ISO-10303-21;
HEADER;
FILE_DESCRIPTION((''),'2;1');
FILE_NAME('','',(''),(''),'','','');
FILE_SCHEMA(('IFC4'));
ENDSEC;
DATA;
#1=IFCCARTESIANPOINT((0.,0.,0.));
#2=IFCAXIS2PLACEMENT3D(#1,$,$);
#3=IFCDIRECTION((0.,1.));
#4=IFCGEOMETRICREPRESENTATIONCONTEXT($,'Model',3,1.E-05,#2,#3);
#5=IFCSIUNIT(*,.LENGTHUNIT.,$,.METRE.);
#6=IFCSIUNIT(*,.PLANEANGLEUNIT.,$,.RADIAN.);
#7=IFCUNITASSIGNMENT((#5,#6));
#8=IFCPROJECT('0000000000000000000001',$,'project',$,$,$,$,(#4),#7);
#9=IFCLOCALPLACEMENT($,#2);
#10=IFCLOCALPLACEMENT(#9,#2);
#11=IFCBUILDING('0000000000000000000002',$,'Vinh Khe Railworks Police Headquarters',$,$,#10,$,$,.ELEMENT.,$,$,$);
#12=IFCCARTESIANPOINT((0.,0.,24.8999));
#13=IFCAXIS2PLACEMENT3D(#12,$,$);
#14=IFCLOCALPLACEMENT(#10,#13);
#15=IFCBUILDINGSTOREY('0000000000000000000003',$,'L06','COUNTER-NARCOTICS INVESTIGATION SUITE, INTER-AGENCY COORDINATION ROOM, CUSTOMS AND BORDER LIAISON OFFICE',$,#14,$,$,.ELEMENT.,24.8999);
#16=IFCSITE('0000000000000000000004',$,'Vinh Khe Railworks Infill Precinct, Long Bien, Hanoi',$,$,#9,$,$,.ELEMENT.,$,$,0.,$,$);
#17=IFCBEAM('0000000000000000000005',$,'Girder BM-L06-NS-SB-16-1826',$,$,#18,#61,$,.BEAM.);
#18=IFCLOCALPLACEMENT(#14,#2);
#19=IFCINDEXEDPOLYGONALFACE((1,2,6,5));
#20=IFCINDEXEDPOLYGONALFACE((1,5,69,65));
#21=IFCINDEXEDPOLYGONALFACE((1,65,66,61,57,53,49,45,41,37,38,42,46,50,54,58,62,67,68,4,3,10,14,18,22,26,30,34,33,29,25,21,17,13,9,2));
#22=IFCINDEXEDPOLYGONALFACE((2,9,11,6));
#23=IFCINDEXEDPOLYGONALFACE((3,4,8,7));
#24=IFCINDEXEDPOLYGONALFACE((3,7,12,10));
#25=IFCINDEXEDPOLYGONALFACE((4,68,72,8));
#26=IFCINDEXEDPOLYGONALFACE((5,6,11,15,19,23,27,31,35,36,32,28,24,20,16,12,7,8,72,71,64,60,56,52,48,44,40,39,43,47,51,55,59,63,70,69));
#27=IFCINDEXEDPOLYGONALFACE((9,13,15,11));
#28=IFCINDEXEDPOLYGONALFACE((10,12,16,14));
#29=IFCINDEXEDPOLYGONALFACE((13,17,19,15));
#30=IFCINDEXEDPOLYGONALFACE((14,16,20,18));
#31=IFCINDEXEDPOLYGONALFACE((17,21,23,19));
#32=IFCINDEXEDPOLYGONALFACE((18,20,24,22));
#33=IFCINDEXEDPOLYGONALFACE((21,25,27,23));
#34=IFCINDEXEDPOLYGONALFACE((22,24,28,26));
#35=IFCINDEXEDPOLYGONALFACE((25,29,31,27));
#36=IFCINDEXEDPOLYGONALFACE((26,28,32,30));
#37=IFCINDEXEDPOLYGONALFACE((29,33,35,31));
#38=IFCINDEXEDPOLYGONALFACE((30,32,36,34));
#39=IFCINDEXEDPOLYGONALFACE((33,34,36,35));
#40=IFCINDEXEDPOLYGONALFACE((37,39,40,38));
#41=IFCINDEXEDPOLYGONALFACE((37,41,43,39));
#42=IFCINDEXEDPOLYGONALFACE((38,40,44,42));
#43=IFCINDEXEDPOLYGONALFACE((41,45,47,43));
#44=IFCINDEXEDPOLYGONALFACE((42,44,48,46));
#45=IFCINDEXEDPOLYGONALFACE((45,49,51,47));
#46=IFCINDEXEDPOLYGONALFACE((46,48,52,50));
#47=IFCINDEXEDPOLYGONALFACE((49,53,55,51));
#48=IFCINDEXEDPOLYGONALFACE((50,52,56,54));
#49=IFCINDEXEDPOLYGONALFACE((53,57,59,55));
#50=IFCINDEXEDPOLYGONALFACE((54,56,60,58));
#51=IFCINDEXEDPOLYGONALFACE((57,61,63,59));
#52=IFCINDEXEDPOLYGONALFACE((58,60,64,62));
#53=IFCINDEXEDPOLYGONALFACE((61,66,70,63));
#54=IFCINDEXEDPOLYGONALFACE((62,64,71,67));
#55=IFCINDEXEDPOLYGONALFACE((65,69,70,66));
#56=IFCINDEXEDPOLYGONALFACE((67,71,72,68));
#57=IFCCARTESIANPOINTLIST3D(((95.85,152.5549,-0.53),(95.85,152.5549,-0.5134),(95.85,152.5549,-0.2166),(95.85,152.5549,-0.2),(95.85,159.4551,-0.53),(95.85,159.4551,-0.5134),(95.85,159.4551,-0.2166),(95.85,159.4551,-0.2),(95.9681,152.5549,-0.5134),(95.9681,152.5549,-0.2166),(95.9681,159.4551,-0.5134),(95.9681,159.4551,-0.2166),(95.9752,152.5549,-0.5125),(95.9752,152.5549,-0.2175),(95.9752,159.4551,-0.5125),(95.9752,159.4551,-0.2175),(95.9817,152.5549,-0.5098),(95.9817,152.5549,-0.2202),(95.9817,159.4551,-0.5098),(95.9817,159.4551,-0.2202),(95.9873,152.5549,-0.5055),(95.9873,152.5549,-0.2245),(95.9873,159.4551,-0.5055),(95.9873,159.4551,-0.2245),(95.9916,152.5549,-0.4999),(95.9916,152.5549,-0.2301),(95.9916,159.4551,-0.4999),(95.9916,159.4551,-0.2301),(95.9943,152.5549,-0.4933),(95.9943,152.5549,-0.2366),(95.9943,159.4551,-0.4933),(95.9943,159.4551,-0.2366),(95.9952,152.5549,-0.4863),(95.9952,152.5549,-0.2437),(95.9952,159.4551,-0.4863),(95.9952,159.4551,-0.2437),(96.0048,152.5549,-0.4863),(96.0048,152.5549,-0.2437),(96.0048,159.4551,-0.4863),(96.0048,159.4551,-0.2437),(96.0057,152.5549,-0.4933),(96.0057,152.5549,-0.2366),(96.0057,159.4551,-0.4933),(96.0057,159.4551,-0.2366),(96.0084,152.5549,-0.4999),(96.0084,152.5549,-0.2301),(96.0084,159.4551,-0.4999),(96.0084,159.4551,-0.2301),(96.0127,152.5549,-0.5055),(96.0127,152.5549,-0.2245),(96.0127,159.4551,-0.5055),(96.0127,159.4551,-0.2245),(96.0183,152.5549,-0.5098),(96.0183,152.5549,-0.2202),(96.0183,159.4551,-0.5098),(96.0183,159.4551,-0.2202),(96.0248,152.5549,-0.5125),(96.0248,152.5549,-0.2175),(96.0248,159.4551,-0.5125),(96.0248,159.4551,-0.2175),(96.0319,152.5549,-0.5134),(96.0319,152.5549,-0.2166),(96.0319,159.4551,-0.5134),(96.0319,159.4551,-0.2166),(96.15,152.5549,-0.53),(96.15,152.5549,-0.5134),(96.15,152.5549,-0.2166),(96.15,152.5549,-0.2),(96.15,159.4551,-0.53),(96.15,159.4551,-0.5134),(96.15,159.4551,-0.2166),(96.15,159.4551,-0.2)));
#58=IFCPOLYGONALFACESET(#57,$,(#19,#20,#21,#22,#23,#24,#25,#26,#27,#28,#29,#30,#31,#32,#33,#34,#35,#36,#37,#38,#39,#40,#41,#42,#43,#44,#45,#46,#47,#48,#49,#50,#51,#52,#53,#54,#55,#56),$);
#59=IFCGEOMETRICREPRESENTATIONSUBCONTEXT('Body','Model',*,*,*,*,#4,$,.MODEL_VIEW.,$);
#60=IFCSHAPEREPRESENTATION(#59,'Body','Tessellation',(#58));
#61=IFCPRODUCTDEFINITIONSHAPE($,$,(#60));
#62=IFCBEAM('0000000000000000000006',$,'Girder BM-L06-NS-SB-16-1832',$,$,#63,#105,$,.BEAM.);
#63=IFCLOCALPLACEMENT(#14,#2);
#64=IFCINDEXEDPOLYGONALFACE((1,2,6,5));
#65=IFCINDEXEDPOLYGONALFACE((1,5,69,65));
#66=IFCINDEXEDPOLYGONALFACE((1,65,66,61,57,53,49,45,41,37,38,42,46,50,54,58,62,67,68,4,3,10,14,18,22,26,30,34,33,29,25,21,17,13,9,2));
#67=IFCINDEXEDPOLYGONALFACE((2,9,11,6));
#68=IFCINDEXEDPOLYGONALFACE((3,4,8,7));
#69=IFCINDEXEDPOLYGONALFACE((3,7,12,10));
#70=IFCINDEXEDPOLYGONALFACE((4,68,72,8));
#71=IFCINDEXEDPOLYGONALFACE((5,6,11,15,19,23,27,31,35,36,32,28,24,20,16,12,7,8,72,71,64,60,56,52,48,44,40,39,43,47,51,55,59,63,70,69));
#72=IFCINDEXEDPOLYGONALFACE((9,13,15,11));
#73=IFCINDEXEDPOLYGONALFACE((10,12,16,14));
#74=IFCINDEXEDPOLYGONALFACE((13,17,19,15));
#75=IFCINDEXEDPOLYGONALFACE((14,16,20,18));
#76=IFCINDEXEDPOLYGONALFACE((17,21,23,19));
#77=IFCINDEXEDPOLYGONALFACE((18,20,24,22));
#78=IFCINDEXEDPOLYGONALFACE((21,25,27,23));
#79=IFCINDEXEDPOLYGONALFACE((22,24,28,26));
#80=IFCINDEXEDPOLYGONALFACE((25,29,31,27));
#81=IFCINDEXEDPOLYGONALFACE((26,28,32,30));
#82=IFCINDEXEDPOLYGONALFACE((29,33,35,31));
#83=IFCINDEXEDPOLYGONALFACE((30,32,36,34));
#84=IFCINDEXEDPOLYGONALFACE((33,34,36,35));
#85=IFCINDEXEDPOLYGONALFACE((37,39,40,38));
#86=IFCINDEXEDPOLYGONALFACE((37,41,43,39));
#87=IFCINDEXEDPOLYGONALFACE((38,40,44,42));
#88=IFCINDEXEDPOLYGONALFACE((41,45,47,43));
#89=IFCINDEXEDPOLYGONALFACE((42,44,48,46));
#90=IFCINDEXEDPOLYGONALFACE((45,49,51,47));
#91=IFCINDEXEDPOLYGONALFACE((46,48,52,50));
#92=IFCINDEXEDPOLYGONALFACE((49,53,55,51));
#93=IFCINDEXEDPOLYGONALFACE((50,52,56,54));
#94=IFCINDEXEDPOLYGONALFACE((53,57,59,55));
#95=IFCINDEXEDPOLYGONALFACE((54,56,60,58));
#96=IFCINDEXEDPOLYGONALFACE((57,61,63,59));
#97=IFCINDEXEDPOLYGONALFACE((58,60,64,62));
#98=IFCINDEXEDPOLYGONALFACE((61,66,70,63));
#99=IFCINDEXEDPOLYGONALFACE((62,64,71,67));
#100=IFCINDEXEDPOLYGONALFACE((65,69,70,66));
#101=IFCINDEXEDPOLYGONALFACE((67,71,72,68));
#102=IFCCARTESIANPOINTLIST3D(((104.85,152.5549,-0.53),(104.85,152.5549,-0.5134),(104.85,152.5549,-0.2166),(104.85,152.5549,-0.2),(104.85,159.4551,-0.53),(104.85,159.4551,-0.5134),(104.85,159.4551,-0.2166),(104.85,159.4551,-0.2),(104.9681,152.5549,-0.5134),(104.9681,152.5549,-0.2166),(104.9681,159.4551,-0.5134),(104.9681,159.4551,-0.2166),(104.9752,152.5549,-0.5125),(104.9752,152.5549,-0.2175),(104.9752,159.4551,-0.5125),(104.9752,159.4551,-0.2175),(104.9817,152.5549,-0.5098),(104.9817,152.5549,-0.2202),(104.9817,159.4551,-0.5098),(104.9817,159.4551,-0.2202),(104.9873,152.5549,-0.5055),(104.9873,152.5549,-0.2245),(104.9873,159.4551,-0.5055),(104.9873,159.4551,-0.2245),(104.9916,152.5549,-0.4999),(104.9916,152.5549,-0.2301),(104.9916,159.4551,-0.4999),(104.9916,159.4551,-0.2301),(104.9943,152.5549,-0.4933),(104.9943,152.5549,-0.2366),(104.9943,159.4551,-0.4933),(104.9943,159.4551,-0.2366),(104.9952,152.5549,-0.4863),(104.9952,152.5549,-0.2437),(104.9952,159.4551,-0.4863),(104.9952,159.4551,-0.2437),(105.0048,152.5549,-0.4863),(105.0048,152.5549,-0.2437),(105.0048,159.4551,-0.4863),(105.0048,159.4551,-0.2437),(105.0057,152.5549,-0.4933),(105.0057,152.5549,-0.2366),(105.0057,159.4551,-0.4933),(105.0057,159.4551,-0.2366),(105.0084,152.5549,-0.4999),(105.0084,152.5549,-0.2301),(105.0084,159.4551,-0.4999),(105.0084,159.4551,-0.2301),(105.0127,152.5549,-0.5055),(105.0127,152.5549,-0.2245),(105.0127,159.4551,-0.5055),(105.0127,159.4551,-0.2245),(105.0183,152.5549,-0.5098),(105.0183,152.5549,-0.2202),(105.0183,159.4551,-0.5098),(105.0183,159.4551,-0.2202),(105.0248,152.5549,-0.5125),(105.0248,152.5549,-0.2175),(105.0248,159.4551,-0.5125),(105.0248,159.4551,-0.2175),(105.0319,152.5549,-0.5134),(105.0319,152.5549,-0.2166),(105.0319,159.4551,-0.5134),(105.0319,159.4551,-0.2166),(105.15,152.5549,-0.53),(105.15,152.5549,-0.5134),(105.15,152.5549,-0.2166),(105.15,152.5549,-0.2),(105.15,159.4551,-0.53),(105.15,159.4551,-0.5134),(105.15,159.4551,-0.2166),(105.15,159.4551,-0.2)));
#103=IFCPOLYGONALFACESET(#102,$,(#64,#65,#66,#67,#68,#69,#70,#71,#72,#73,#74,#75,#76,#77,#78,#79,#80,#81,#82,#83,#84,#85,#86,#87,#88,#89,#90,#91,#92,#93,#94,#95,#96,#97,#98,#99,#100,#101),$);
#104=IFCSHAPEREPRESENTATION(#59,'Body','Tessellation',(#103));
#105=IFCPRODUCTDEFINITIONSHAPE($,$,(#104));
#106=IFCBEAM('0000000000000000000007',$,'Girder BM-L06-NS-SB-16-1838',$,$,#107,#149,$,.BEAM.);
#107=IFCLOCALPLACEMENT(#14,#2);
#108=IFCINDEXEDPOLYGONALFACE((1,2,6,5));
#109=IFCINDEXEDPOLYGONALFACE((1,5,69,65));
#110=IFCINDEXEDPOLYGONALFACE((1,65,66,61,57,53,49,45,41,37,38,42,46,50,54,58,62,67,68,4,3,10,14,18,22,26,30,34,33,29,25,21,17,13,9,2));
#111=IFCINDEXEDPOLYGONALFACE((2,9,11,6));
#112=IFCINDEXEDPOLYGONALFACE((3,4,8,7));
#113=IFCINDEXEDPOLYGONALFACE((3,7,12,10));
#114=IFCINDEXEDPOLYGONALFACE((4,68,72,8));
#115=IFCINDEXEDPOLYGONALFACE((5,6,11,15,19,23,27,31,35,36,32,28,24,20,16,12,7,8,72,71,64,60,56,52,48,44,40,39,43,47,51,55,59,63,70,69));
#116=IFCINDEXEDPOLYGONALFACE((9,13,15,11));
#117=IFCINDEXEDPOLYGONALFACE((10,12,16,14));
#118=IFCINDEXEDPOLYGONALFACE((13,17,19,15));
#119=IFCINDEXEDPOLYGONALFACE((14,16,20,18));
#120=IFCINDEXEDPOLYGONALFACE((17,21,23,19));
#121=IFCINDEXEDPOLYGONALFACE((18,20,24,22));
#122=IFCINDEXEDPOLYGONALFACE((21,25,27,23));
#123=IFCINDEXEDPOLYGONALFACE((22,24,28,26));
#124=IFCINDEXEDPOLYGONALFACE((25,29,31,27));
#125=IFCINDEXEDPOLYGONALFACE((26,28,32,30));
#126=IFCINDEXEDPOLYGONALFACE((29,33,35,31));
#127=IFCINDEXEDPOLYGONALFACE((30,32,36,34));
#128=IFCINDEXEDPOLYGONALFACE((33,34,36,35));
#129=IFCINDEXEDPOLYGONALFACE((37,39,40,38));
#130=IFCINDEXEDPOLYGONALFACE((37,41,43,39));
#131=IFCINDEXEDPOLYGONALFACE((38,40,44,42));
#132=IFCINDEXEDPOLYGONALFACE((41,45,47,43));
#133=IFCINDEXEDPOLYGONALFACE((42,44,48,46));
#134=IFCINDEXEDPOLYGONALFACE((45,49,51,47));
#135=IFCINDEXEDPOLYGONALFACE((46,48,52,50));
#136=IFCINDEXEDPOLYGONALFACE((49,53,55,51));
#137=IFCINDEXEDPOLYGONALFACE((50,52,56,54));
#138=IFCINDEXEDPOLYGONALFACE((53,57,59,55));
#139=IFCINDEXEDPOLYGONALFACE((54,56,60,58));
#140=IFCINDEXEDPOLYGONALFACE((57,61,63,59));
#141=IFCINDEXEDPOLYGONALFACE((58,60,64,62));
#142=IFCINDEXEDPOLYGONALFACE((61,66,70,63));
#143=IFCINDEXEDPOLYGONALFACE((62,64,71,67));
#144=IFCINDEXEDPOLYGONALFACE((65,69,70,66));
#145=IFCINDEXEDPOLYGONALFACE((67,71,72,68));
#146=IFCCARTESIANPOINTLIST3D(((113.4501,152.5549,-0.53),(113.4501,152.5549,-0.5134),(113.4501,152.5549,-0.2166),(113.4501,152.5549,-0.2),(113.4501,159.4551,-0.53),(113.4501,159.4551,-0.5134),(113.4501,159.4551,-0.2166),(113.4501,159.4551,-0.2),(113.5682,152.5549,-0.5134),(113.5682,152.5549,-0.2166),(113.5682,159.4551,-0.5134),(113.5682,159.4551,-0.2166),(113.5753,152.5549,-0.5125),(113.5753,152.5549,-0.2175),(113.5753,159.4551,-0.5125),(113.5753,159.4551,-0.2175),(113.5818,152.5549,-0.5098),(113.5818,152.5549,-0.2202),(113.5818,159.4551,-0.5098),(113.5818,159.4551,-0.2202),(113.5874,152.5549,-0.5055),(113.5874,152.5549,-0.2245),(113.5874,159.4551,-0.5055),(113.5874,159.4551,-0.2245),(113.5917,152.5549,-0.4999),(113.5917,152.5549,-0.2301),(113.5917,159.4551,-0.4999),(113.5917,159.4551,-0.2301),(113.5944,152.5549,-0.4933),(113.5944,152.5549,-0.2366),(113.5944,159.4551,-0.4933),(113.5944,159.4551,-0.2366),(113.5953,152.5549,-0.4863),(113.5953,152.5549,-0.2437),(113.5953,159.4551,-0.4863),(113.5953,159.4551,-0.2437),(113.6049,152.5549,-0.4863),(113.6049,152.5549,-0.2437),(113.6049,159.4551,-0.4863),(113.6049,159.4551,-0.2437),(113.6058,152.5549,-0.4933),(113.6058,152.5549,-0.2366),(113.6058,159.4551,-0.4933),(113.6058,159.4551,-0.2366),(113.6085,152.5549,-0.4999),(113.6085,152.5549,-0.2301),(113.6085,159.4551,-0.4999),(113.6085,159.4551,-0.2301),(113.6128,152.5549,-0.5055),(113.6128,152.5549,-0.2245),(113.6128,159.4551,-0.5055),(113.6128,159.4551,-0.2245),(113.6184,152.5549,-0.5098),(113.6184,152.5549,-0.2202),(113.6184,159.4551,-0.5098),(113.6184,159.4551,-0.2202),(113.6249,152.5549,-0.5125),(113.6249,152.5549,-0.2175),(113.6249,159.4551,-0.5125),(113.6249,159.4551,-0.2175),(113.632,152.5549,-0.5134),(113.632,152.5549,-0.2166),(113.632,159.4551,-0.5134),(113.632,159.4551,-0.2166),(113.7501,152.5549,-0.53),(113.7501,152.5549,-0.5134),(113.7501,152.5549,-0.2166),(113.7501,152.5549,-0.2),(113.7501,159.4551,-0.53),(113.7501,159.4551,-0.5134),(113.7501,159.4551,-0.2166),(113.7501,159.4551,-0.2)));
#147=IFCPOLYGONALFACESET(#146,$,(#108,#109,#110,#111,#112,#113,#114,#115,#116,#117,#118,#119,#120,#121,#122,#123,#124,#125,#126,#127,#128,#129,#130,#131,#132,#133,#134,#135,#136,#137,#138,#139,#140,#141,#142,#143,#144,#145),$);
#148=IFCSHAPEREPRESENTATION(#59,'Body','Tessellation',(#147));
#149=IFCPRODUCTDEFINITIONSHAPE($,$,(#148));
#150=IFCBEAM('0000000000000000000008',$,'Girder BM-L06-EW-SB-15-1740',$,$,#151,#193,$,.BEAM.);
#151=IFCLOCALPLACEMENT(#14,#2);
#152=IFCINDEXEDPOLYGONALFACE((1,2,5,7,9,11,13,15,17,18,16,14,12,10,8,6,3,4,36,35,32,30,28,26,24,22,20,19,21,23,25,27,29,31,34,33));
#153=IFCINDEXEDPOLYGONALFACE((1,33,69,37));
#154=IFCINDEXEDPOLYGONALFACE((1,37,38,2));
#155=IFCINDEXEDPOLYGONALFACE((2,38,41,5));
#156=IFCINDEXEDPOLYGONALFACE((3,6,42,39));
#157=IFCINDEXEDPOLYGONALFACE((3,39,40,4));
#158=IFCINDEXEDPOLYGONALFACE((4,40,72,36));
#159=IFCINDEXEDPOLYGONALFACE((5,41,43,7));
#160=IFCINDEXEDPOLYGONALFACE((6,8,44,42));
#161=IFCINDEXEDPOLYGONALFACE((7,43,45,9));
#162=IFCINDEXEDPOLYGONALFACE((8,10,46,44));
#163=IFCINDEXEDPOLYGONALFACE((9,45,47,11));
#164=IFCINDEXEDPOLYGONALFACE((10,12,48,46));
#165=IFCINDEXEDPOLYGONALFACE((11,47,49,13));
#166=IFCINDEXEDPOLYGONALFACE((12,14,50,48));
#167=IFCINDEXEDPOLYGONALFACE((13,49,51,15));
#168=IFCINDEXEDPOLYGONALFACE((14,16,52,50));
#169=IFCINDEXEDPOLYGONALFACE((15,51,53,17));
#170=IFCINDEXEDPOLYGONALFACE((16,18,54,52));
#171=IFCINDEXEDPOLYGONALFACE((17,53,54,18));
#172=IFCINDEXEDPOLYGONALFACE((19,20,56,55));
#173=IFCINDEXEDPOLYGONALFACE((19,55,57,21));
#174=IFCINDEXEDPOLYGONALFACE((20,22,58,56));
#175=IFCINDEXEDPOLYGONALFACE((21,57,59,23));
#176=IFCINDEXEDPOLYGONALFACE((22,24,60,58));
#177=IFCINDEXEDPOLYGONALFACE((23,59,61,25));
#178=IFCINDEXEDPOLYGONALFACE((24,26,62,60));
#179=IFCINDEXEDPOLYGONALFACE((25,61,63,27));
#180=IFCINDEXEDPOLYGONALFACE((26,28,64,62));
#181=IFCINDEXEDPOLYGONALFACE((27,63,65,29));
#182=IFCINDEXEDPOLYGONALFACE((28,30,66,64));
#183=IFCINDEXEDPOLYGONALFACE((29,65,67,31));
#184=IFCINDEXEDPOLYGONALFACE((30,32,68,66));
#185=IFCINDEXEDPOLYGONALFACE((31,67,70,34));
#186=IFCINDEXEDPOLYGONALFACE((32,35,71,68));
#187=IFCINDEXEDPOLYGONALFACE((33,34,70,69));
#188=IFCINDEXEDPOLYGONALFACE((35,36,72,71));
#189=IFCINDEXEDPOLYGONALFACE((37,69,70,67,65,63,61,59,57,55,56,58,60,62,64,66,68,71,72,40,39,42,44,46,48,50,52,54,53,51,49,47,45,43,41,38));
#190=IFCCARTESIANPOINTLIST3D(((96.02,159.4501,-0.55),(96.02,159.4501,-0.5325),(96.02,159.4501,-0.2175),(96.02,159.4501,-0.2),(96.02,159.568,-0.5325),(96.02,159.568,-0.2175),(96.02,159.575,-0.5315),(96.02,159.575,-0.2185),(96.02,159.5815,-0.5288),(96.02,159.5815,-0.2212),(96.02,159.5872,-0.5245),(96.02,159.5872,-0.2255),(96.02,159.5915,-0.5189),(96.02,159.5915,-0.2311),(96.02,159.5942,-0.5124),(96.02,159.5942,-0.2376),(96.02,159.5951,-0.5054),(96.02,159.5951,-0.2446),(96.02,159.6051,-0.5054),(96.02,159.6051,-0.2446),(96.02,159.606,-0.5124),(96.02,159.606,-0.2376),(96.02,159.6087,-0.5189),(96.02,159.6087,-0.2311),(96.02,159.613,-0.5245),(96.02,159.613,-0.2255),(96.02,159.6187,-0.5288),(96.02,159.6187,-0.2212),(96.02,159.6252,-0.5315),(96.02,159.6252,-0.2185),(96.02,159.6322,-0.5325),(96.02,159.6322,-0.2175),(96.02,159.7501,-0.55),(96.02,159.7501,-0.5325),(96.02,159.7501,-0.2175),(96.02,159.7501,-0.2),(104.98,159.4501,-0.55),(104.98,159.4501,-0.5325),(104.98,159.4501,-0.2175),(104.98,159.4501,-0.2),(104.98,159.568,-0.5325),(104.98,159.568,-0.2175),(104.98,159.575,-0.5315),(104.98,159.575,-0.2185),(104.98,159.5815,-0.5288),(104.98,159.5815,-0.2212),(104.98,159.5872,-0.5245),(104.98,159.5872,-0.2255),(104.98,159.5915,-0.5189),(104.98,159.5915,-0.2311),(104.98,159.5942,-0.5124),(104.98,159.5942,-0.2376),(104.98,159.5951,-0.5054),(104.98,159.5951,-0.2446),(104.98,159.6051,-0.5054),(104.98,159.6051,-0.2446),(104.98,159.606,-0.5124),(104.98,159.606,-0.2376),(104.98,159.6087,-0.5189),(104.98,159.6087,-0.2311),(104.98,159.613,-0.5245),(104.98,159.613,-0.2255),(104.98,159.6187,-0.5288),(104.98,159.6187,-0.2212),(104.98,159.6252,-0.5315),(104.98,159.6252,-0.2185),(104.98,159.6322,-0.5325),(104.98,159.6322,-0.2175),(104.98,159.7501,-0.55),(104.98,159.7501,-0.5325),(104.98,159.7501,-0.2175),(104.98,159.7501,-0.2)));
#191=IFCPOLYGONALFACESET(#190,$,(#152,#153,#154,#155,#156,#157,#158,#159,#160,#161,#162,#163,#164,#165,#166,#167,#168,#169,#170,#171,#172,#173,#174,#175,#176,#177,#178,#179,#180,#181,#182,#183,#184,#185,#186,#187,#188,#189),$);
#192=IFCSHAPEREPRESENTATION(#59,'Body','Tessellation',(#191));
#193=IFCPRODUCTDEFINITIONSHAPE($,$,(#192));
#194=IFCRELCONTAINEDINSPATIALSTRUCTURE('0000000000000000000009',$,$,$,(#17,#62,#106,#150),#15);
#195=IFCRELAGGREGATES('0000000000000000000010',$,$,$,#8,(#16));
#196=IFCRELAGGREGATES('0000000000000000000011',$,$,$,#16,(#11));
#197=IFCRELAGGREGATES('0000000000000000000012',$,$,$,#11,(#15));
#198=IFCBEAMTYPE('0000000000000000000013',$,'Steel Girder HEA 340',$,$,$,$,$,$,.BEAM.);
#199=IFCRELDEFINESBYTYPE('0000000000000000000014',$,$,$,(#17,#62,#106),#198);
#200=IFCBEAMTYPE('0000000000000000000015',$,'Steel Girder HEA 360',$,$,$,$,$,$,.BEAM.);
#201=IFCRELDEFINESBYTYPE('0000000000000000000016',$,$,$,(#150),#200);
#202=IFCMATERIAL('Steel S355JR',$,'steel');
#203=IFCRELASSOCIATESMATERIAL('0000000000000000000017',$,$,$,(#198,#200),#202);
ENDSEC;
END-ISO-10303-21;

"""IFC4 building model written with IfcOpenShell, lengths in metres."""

from ifc_helpers import new_model, si_unit, direction, frame, origin, origin_2d, place, context, subcontext, project, spatial, i_section, extrude, material, material_profile, profile_set, type_object, element, save


model = new_model("IFC4")

# Units and contexts
model_context = context("Model", 3, precision=1e-05, world=origin(), true_north=direction((0.0, 1.0)))
body_context = subcontext(model_context, "Body", "Model", "MODEL_VIEW")
ifc_project = project(units=[si_unit("LENGTHUNIT", "METRE"), si_unit("PLANEANGLEUNIT", "RADIAN")], contexts=[model_context])

# Site, building, storey
site_placement = place(None, origin())
site = spatial("IfcSite", under=ifc_project, at=site_placement, Name="Vinh Khe Railworks Infill Precinct, Long Bien, Hanoi", CompositionType="ELEMENT", RefElevation=0.0)
building_placement = place(site_placement, origin())
building = spatial("IfcBuilding", under=site, at=building_placement, Name="Vinh Khe Railworks Police Headquarters", CompositionType="ELEMENT")
storey_placement = place(building_placement, frame((0.0, 0.0, 24.8999)))
storey = spatial("IfcBuildingStorey", under=building, at=storey_placement, Name="L06", Description="COUNTER-NARCOTICS INVESTIGATION SUITE, INTER-AGENCY COORDINATION ROOM, CUSTOMS AND BORDER LIAISON OFFICE", CompositionType="ELEMENT", Elevation=24.8999)

# Beams
ifc_material_1 = material(Name="Steel S355JR", Category="steel")
ifc_material_profile_1 = material_profile(ifc_material_1, i_section(OverallWidth=0.3, OverallDepth=0.3301, WebThickness=0.0095, FlangeThickness=0.0166, FilletRadius=0.0271, at=origin_2d()), Name="HEA 340")
ifc_profile_set_1 = profile_set([ifc_material_profile_1], Name="Steel S355JR")
beam_type_1 = type_object("IfcBeamType", Name="Steel Girder HEA 340", PredefinedType="BEAM", material=ifc_profile_set_1)
for number, where, z_axis, x_axis, name in (
    (1, (96.0, 152.5549, -0.365), (0.0, 1.0, 0.0), (-1.0, 0.0, 0.0), "Girder BM-L06-NS-SB-16-1826"),
    (2, (105.0, 152.5549, -0.365), (0.0, 1.0, 0.0), (-1.0, 0.0, 0.0), "Girder BM-L06-NS-SB-16-1832"),
    (3, (113.6001, 152.5549, -0.365), (0.0, 1.0, 0.0), (-1.0, 0.0, 0.0), "Girder BM-L06-NS-SB-16-1838"),
):
    element("IfcBeam", number, at=place(storey_placement, frame(where, z_axis=z_axis, x_axis=x_axis)), inside=storey, type_object=beam_type_1, Name=name, PredefinedType="BEAM", context=body_context, shape_type="SweptSolid", body=[
        extrude(i_section(OverallWidth=0.3, OverallDepth=0.3301, WebThickness=0.0095, FlangeThickness=0.0166, FilletRadius=0.0271, at=origin_2d()), origin(), (0.0, 0.0, 1.0), 6.9001),
    ])
ifc_material_profile_2 = material_profile(ifc_material_1, i_section(OverallWidth=0.3, OverallDepth=0.3501, WebThickness=0.01, FlangeThickness=0.0176, FilletRadius=0.0271, at=origin_2d()), Name="HEA 360")
ifc_profile_set_2 = profile_set([ifc_material_profile_2], Name="Steel S355JR")
beam_type_2 = type_object("IfcBeamType", Name="Steel Girder HEA 360", PredefinedType="BEAM", material=ifc_profile_set_2)
beam_1_placement = place(storey_placement, frame((96.02, 159.6001, -0.375), z_axis=(1.0, 0.0, 0.0), x_axis=(0.0, 1.0, 0.0)))
element("IfcBeam", 4, at=beam_1_placement, inside=storey, type_object=beam_type_2, Name="Girder BM-L06-EW-SB-15-1740", PredefinedType="BEAM", context=body_context, shape_type="SweptSolid", body=[
    extrude(i_section(OverallWidth=0.3, OverallDepth=0.3501, WebThickness=0.01, FlangeThickness=0.0176, FilletRadius=0.0271, at=origin_2d()), origin(), (0.0, 0.0, 1.0), 8.96),
])

save(model, "model.ifc")
